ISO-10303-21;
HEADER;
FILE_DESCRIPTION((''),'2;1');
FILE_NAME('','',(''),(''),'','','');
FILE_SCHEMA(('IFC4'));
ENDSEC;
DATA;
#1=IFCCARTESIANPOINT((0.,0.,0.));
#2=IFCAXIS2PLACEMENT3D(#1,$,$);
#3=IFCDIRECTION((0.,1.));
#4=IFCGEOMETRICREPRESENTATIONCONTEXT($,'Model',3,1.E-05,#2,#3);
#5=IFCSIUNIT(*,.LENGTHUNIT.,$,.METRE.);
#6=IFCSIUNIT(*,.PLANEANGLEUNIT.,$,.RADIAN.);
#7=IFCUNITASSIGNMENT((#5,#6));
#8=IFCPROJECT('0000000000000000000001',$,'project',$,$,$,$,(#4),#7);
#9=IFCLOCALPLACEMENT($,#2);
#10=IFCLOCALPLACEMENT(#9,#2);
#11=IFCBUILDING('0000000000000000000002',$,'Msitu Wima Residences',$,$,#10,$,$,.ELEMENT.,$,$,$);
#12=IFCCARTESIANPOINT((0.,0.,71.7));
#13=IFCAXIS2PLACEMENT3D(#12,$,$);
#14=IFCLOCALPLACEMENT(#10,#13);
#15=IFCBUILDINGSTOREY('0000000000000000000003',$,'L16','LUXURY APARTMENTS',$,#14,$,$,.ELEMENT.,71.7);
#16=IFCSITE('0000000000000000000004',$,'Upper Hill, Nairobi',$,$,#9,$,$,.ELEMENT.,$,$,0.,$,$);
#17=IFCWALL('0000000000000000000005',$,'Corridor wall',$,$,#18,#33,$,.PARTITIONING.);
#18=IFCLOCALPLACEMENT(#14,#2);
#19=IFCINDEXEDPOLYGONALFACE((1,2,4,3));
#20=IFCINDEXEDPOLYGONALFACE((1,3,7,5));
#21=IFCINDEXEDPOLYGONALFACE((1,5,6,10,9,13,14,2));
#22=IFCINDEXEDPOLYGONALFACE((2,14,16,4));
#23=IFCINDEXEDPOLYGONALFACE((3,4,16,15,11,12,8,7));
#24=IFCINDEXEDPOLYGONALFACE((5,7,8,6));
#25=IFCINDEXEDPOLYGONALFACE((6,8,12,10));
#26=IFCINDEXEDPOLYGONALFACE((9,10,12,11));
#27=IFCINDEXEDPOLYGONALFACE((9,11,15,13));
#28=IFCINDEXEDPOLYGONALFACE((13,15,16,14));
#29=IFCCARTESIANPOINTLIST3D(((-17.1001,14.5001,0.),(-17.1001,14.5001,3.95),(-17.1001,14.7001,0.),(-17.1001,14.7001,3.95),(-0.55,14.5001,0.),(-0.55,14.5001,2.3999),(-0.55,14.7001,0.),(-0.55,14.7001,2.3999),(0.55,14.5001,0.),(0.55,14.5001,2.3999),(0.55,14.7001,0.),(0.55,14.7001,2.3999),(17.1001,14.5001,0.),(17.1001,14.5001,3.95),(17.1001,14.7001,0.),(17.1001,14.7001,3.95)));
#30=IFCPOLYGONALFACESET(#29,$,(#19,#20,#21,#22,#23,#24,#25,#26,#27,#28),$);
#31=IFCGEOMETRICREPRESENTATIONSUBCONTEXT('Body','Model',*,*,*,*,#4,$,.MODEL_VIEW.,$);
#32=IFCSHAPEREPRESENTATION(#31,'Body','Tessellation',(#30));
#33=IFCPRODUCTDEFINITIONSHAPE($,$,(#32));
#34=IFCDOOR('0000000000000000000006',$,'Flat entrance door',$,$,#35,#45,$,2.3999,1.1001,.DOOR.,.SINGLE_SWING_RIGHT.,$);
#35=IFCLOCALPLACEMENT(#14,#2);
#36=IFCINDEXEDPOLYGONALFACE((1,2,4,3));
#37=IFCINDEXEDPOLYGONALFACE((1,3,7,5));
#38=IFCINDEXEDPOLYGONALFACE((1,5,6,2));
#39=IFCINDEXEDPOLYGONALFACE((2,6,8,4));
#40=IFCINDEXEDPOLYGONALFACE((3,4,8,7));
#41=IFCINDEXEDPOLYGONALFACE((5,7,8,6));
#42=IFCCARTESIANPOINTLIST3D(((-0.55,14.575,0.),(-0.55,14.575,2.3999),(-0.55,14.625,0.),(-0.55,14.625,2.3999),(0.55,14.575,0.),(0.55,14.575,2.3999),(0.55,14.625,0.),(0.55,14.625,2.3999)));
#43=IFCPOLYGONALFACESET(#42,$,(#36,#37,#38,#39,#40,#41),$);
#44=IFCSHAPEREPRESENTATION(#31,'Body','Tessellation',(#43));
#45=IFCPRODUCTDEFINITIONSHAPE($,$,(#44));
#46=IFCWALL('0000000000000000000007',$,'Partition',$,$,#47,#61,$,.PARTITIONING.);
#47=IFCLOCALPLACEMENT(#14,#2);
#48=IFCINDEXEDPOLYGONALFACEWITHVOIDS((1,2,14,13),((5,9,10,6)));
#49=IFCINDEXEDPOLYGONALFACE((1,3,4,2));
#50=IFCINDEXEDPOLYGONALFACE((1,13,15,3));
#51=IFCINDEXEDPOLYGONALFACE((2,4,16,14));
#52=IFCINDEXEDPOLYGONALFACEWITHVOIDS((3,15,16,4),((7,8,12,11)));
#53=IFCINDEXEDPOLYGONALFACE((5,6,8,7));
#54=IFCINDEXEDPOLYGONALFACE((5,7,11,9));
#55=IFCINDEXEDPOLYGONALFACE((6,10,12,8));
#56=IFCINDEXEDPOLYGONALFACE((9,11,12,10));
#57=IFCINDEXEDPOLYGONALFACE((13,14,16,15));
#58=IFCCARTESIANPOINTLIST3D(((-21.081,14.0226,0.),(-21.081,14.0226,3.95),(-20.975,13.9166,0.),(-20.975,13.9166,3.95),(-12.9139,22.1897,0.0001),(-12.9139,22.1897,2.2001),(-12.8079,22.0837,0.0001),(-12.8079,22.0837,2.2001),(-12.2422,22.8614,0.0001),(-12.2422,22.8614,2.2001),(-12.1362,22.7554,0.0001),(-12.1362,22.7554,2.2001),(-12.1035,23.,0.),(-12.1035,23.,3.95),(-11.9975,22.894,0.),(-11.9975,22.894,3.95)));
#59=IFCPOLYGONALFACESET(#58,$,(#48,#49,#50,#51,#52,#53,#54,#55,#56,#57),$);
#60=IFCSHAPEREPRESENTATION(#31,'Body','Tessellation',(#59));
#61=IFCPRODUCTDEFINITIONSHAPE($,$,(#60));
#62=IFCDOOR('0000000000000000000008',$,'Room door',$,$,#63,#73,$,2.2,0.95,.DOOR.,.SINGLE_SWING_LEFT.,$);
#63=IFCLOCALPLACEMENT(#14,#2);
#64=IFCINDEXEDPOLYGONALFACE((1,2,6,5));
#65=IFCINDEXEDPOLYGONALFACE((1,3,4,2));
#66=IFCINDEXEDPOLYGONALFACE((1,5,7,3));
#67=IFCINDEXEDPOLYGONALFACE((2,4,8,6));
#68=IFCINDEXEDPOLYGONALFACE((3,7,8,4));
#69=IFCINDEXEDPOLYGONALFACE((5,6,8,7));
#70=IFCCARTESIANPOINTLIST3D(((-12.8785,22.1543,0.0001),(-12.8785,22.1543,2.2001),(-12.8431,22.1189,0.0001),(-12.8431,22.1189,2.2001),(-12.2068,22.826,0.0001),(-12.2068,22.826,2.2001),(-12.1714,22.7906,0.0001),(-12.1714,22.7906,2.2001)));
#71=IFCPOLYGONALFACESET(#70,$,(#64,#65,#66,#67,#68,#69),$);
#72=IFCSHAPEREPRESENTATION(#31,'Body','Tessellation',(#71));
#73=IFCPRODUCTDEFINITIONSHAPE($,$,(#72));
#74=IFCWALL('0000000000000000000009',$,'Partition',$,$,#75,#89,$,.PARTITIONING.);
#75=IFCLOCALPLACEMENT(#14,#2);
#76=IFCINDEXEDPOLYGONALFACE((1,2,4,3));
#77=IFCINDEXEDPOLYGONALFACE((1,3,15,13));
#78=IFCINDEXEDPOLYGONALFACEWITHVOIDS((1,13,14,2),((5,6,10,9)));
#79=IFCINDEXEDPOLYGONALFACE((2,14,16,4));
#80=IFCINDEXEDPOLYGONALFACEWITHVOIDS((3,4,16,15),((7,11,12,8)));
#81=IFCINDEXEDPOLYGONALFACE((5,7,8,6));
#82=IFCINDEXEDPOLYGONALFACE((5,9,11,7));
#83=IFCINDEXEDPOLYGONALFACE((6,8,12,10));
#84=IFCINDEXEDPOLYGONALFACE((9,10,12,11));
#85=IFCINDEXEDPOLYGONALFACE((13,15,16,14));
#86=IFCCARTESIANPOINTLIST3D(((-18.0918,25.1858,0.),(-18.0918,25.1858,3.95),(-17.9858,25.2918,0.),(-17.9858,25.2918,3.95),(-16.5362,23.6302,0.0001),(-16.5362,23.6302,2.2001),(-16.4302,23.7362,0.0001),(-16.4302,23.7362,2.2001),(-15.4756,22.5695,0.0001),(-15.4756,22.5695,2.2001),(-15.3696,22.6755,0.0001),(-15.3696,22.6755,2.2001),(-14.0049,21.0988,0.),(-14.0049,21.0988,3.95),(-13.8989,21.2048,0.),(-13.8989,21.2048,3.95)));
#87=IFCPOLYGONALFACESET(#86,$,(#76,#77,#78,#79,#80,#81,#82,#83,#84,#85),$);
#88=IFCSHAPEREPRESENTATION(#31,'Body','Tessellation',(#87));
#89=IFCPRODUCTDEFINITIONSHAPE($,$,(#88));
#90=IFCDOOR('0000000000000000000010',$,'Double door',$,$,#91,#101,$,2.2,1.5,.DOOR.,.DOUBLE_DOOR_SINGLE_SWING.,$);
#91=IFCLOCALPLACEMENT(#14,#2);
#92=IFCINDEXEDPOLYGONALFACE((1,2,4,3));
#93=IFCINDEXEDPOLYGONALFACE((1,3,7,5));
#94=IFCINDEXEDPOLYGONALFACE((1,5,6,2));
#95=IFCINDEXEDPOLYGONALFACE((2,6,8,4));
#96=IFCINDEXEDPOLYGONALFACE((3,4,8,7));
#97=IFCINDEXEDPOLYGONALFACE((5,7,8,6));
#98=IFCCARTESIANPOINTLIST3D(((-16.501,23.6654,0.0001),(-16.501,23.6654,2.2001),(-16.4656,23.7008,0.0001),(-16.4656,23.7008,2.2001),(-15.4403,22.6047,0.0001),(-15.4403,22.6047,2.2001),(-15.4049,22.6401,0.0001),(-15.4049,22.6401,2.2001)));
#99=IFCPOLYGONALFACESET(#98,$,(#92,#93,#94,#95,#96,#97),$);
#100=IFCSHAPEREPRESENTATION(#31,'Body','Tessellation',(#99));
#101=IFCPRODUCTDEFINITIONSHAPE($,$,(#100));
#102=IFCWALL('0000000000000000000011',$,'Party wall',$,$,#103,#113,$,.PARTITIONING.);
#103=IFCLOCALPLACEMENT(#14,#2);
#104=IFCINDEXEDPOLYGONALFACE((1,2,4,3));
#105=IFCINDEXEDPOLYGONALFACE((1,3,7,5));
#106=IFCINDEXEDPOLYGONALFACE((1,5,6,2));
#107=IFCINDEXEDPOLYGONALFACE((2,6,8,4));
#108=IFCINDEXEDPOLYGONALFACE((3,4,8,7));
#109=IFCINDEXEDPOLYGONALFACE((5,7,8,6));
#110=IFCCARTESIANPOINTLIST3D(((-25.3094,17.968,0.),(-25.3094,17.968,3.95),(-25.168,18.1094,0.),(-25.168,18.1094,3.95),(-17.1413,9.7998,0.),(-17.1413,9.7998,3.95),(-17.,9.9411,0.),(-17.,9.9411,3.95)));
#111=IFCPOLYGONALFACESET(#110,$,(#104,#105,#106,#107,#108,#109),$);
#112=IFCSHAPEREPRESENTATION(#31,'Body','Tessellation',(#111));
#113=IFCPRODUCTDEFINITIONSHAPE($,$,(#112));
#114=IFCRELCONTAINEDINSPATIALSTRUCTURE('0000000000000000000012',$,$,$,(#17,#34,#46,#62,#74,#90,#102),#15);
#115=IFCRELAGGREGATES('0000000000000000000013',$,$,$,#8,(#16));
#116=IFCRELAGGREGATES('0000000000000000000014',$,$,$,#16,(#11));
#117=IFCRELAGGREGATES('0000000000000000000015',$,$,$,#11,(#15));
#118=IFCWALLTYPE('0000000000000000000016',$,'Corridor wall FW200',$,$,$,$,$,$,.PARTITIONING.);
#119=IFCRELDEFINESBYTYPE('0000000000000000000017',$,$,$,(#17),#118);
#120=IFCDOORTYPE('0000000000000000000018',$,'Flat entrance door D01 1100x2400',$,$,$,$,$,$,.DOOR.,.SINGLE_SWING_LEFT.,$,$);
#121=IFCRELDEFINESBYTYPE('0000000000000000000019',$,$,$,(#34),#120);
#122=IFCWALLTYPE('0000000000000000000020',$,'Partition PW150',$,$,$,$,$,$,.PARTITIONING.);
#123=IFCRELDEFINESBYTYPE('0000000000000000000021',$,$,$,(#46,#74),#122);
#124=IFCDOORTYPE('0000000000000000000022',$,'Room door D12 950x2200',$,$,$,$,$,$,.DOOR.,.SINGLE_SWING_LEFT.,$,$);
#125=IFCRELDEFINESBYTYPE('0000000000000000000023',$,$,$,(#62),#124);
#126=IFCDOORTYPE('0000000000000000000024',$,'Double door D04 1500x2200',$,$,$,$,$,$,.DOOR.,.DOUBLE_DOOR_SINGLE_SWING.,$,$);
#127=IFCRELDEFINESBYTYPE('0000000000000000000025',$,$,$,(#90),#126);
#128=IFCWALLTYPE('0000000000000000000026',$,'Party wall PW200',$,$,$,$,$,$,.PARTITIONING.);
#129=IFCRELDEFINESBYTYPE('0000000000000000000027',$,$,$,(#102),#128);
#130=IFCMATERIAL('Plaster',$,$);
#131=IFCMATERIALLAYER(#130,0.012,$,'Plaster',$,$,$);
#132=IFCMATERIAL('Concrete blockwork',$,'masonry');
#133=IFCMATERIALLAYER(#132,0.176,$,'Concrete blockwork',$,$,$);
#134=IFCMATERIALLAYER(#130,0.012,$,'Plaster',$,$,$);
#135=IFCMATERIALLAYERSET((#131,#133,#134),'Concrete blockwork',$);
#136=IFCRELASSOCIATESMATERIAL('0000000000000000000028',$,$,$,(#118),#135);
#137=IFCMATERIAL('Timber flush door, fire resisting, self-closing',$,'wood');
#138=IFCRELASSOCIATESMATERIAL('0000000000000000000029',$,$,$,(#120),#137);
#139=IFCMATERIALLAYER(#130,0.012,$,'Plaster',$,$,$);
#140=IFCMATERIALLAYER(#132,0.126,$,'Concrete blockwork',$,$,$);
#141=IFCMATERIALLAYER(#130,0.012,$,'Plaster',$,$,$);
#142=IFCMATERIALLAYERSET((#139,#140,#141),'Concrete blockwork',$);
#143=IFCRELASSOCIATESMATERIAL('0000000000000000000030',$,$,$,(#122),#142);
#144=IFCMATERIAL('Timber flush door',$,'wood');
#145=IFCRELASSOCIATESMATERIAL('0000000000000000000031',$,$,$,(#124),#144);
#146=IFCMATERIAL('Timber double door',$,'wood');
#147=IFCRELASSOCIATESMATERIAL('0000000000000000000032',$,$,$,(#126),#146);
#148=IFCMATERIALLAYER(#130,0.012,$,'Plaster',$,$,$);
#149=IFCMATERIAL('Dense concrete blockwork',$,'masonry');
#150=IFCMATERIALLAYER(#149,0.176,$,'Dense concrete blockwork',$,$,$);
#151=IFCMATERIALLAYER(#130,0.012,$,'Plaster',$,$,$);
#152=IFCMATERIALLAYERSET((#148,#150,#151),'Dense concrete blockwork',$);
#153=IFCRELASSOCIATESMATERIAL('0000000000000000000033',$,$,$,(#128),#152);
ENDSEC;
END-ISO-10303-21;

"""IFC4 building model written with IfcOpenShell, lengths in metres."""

from ifc_helpers import new_model, si_unit, direction, frame, frame_2d, origin, place, context, subcontext, project, spatial, rectangle, extrude, material, layer, layer_set, type_object, element, fill, save


model = new_model("IFC4")

# Units and contexts
model_context = context("Model", 3, precision=1e-05, world=origin(), true_north=direction((0.0, 1.0)))
body_context = subcontext(model_context, "Body", "Model", "MODEL_VIEW")
ifc_project = project(units=[si_unit("LENGTHUNIT", "METRE"), si_unit("PLANEANGLEUNIT", "RADIAN")], contexts=[model_context])

# Site, building, storey
site_placement = place(None, origin())
site = spatial("IfcSite", under=ifc_project, at=site_placement, Name="Upper Hill, Nairobi", CompositionType="ELEMENT", RefElevation=0.0)
building_placement = place(site_placement, origin())
building = spatial("IfcBuilding", under=site, at=building_placement, Name="Msitu Wima Residences", CompositionType="ELEMENT")
storey_placement = place(building_placement, frame((0.0, 0.0, 71.7)))
storey = spatial("IfcBuildingStorey", under=building, at=storey_placement, Name="L16", Description="LUXURY APARTMENTS", CompositionType="ELEMENT", Elevation=71.7)

# Walls, openings, doors
ifc_material_1 = material(Name="Plaster")
ifc_layer_1 = layer(ifc_material_1, 0.012, Name="Plaster")
ifc_material_2 = material(Name="Concrete blockwork", Category="masonry")
ifc_layer_2 = layer(ifc_material_2, 0.176, Name="Concrete blockwork")
ifc_layer_3 = layer(ifc_material_1, 0.012, Name="Plaster")
ifc_layer_set_1 = layer_set([ifc_layer_1, ifc_layer_2, ifc_layer_3], Name="Concrete blockwork")
wall_type_1 = type_object("IfcWallType", Name="Corridor wall FW200", PredefinedType="PARTITIONING", material=ifc_layer_set_1)
wall_1_placement = place(storey_placement, frame((-17.1001, 14.6001, 0.0), z_axis=(0.0, 0.0, 1.0), x_axis=(1.0, 0.0, 0.0)))
wall_1 = element("IfcWall", 1, at=wall_1_placement, inside=storey, type_object=wall_type_1, Name="Corridor wall", PredefinedType="PARTITIONING", context=body_context, shape_type="SweptSolid", body=[
    extrude(rectangle(XDim=34.2002, YDim=0.2, at=frame_2d((17.1001, 0.0))), origin(), (0.0, 0.0, 1.0), 3.95),
])
opening_1_placement = place(wall_1_placement, frame((16.55, 0.0, 0.0)))
opening_1 = element("IfcOpeningElement", 2, at=opening_1_placement, cuts=wall_1, PredefinedType="OPENING", context=body_context, shape_type="SweptSolid", body=[
    extrude(rectangle(XDim=1.1001, YDim=2.3999, at=frame_2d((0.55, 1.2))), frame((0.0, 0.1099, 0.0), z_axis=(0.0, -1.0, 0.0), x_axis=(1.0, 0.0, 0.0)), (0.0, 0.0, 1.0), 0.22),
])
ifc_material_3 = material(Name="Timber flush door, fire resisting, self-closing", Category="wood")
door_type_1 = type_object("IfcDoorType", Name="Flat entrance door D01 1100x2400", OperationType="SINGLE_SWING_LEFT", PredefinedType="DOOR", material=ifc_material_3)
door_1_placement = place(opening_1_placement, origin())
door_1 = element("IfcDoor", 3, at=door_1_placement, inside=storey, type_object=door_type_1, Name="Flat entrance door", OperationType="SINGLE_SWING_RIGHT", OverallHeight=2.3999, OverallWidth=1.1001, PredefinedType="DOOR", context=body_context, shape_type="SweptSolid", body=[
    extrude(rectangle(XDim=1.1001, YDim=2.3999, at=frame_2d((0.55, 1.2))), frame((0.0, 0.0249, 0.0), z_axis=(0.0, -1.0, 0.0), x_axis=(1.0, 0.0, 0.0)), (0.0, 0.0, 1.0), 0.05),
])
fill(opening_1, door_1)
ifc_layer_4 = layer(ifc_material_1, 0.012, Name="Plaster")
ifc_layer_5 = layer(ifc_material_2, 0.126, Name="Concrete blockwork")
ifc_layer_6 = layer(ifc_material_1, 0.012, Name="Plaster")
ifc_layer_set_2 = layer_set([ifc_layer_4, ifc_layer_5, ifc_layer_6], Name="Concrete blockwork")
wall_type_2 = type_object("IfcWallType", Name="Partition PW150", PredefinedType="PARTITIONING", material=ifc_layer_set_2)
wall_2_placement = place(storey_placement, frame((-21.0281, 13.9695, 0.0), z_axis=(0.0, 0.0, 1.0), x_axis=(0.707107, 0.707107, 0.0)))
wall_2 = element("IfcWall", 4, at=wall_2_placement, inside=storey, type_object=wall_type_2, Name="Partition", PredefinedType="PARTITIONING", context=body_context, shape_type="SweptSolid", body=[
    extrude(rectangle(XDim=12.696, YDim=0.1499, at=frame_2d((6.3481, 0.0))), origin(), (0.0, 0.0, 1.0), 3.95),
])
opening_2_placement = place(wall_2_placement, frame((11.55, 0.0, 0.0)))
opening_2 = element("IfcOpeningElement", 5, at=opening_2_placement, cuts=wall_2, PredefinedType="OPENING", context=body_context, shape_type="SweptSolid", body=[
    extrude(rectangle(XDim=0.95, YDim=2.2, at=frame_2d((0.4751, 1.1001))), frame((0.0, 0.085, 0.0), z_axis=(0.0, -1.0, 0.0), x_axis=(1.0, 0.0, 0.0)), (0.0, 0.0, 1.0), 0.1699),
])
ifc_material_4 = material(Name="Timber flush door", Category="wood")
door_type_2 = type_object("IfcDoorType", Name="Room door D12 950x2200", OperationType="SINGLE_SWING_LEFT", PredefinedType="DOOR", material=ifc_material_4)
door_2_placement = place(opening_2_placement, origin())
door_2 = element("IfcDoor", 6, at=door_2_placement, inside=storey, type_object=door_type_2, Name="Room door", OperationType="SINGLE_SWING_LEFT", OverallHeight=2.2, OverallWidth=0.95, PredefinedType="DOOR", context=body_context, shape_type="SweptSolid", body=[
    extrude(rectangle(XDim=0.95, YDim=2.2, at=frame_2d((0.4751, 1.1001))), frame((0.0, 0.0249, 0.0), z_axis=(0.0, -1.0, 0.0), x_axis=(1.0, 0.0, 0.0)), (0.0, 0.0, 1.0), 0.05),
])
fill(opening_2, door_2)
wall_3_placement = place(storey_placement, frame((-18.0388, 25.2388, 0.0), z_axis=(0.0, 0.0, 1.0), x_axis=(0.707107, -0.707107, 0.0)))
wall_3 = element("IfcWall", 7, at=wall_3_placement, inside=storey, type_object=wall_type_2, Name="Partition", PredefinedType="PARTITIONING", context=body_context, shape_type="SweptSolid", body=[
    extrude(rectangle(XDim=5.7798, YDim=0.1499, at=frame_2d((2.8899, 0.0))), origin(), (0.0, 0.0, 1.0), 3.95),
])
opening_3_placement = place(wall_3_placement, frame((2.2, 0.0, 0.0)))
opening_3 = element("IfcOpeningElement", 8, at=opening_3_placement, cuts=wall_3, PredefinedType="OPENING", context=body_context, shape_type="SweptSolid", body=[
    extrude(rectangle(XDim=1.5, YDim=2.2, at=frame_2d((0.75, 1.1001))), frame((0.0, 0.085, 0.0), z_axis=(0.0, -1.0, 0.0), x_axis=(1.0, 0.0, 0.0)), (0.0, 0.0, 1.0), 0.1699),
])
ifc_material_5 = material(Name="Timber double door", Category="wood")
door_type_3 = type_object("IfcDoorType", Name="Double door D04 1500x2200", OperationType="DOUBLE_DOOR_SINGLE_SWING", PredefinedType="DOOR", material=ifc_material_5)
door_3_placement = place(opening_3_placement, origin())
door_3 = element("IfcDoor", 9, at=door_3_placement, inside=storey, type_object=door_type_3, Name="Double door", OperationType="DOUBLE_DOOR_SINGLE_SWING", OverallHeight=2.2, OverallWidth=1.5, PredefinedType="DOOR", context=body_context, shape_type="SweptSolid", body=[
    extrude(rectangle(XDim=1.5, YDim=2.2, at=frame_2d((0.75, 1.1001))), frame((0.0, 0.0249, 0.0), z_axis=(0.0, -1.0, 0.0), x_axis=(1.0, 0.0, 0.0)), (0.0, 0.0, 1.0), 0.05),
])
fill(opening_3, door_3)

# Wall
ifc_layer_7 = layer(ifc_material_1, 0.012, Name="Plaster")
ifc_material_6 = material(Name="Dense concrete blockwork", Category="masonry")
ifc_layer_8 = layer(ifc_material_6, 0.176, Name="Dense concrete blockwork")
ifc_layer_9 = layer(ifc_material_1, 0.012, Name="Plaster")
ifc_layer_set_3 = layer_set([ifc_layer_7, ifc_layer_8, ifc_layer_9], Name="Dense concrete blockwork")
wall_type_3 = type_object("IfcWallType", Name="Party wall PW200", PredefinedType="PARTITIONING", material=ifc_layer_set_3)
wall_4_placement = place(storey_placement, frame((-25.2388, 18.0388, 0.0), z_axis=(0.0, 0.0, 1.0), x_axis=(0.707096, -0.707117, 0.0)))
element("IfcWall", 10, at=wall_4_placement, inside=storey, type_object=wall_type_3, Name="Party wall", PredefinedType="PARTITIONING", context=body_context, shape_type="SweptSolid", body=[
    extrude(rectangle(XDim=11.5515, YDim=0.2, at=frame_2d((5.7759, 0.0))), origin(), (0.0, 0.0, 1.0), 3.95),
])

save(model, "model.ifc")
